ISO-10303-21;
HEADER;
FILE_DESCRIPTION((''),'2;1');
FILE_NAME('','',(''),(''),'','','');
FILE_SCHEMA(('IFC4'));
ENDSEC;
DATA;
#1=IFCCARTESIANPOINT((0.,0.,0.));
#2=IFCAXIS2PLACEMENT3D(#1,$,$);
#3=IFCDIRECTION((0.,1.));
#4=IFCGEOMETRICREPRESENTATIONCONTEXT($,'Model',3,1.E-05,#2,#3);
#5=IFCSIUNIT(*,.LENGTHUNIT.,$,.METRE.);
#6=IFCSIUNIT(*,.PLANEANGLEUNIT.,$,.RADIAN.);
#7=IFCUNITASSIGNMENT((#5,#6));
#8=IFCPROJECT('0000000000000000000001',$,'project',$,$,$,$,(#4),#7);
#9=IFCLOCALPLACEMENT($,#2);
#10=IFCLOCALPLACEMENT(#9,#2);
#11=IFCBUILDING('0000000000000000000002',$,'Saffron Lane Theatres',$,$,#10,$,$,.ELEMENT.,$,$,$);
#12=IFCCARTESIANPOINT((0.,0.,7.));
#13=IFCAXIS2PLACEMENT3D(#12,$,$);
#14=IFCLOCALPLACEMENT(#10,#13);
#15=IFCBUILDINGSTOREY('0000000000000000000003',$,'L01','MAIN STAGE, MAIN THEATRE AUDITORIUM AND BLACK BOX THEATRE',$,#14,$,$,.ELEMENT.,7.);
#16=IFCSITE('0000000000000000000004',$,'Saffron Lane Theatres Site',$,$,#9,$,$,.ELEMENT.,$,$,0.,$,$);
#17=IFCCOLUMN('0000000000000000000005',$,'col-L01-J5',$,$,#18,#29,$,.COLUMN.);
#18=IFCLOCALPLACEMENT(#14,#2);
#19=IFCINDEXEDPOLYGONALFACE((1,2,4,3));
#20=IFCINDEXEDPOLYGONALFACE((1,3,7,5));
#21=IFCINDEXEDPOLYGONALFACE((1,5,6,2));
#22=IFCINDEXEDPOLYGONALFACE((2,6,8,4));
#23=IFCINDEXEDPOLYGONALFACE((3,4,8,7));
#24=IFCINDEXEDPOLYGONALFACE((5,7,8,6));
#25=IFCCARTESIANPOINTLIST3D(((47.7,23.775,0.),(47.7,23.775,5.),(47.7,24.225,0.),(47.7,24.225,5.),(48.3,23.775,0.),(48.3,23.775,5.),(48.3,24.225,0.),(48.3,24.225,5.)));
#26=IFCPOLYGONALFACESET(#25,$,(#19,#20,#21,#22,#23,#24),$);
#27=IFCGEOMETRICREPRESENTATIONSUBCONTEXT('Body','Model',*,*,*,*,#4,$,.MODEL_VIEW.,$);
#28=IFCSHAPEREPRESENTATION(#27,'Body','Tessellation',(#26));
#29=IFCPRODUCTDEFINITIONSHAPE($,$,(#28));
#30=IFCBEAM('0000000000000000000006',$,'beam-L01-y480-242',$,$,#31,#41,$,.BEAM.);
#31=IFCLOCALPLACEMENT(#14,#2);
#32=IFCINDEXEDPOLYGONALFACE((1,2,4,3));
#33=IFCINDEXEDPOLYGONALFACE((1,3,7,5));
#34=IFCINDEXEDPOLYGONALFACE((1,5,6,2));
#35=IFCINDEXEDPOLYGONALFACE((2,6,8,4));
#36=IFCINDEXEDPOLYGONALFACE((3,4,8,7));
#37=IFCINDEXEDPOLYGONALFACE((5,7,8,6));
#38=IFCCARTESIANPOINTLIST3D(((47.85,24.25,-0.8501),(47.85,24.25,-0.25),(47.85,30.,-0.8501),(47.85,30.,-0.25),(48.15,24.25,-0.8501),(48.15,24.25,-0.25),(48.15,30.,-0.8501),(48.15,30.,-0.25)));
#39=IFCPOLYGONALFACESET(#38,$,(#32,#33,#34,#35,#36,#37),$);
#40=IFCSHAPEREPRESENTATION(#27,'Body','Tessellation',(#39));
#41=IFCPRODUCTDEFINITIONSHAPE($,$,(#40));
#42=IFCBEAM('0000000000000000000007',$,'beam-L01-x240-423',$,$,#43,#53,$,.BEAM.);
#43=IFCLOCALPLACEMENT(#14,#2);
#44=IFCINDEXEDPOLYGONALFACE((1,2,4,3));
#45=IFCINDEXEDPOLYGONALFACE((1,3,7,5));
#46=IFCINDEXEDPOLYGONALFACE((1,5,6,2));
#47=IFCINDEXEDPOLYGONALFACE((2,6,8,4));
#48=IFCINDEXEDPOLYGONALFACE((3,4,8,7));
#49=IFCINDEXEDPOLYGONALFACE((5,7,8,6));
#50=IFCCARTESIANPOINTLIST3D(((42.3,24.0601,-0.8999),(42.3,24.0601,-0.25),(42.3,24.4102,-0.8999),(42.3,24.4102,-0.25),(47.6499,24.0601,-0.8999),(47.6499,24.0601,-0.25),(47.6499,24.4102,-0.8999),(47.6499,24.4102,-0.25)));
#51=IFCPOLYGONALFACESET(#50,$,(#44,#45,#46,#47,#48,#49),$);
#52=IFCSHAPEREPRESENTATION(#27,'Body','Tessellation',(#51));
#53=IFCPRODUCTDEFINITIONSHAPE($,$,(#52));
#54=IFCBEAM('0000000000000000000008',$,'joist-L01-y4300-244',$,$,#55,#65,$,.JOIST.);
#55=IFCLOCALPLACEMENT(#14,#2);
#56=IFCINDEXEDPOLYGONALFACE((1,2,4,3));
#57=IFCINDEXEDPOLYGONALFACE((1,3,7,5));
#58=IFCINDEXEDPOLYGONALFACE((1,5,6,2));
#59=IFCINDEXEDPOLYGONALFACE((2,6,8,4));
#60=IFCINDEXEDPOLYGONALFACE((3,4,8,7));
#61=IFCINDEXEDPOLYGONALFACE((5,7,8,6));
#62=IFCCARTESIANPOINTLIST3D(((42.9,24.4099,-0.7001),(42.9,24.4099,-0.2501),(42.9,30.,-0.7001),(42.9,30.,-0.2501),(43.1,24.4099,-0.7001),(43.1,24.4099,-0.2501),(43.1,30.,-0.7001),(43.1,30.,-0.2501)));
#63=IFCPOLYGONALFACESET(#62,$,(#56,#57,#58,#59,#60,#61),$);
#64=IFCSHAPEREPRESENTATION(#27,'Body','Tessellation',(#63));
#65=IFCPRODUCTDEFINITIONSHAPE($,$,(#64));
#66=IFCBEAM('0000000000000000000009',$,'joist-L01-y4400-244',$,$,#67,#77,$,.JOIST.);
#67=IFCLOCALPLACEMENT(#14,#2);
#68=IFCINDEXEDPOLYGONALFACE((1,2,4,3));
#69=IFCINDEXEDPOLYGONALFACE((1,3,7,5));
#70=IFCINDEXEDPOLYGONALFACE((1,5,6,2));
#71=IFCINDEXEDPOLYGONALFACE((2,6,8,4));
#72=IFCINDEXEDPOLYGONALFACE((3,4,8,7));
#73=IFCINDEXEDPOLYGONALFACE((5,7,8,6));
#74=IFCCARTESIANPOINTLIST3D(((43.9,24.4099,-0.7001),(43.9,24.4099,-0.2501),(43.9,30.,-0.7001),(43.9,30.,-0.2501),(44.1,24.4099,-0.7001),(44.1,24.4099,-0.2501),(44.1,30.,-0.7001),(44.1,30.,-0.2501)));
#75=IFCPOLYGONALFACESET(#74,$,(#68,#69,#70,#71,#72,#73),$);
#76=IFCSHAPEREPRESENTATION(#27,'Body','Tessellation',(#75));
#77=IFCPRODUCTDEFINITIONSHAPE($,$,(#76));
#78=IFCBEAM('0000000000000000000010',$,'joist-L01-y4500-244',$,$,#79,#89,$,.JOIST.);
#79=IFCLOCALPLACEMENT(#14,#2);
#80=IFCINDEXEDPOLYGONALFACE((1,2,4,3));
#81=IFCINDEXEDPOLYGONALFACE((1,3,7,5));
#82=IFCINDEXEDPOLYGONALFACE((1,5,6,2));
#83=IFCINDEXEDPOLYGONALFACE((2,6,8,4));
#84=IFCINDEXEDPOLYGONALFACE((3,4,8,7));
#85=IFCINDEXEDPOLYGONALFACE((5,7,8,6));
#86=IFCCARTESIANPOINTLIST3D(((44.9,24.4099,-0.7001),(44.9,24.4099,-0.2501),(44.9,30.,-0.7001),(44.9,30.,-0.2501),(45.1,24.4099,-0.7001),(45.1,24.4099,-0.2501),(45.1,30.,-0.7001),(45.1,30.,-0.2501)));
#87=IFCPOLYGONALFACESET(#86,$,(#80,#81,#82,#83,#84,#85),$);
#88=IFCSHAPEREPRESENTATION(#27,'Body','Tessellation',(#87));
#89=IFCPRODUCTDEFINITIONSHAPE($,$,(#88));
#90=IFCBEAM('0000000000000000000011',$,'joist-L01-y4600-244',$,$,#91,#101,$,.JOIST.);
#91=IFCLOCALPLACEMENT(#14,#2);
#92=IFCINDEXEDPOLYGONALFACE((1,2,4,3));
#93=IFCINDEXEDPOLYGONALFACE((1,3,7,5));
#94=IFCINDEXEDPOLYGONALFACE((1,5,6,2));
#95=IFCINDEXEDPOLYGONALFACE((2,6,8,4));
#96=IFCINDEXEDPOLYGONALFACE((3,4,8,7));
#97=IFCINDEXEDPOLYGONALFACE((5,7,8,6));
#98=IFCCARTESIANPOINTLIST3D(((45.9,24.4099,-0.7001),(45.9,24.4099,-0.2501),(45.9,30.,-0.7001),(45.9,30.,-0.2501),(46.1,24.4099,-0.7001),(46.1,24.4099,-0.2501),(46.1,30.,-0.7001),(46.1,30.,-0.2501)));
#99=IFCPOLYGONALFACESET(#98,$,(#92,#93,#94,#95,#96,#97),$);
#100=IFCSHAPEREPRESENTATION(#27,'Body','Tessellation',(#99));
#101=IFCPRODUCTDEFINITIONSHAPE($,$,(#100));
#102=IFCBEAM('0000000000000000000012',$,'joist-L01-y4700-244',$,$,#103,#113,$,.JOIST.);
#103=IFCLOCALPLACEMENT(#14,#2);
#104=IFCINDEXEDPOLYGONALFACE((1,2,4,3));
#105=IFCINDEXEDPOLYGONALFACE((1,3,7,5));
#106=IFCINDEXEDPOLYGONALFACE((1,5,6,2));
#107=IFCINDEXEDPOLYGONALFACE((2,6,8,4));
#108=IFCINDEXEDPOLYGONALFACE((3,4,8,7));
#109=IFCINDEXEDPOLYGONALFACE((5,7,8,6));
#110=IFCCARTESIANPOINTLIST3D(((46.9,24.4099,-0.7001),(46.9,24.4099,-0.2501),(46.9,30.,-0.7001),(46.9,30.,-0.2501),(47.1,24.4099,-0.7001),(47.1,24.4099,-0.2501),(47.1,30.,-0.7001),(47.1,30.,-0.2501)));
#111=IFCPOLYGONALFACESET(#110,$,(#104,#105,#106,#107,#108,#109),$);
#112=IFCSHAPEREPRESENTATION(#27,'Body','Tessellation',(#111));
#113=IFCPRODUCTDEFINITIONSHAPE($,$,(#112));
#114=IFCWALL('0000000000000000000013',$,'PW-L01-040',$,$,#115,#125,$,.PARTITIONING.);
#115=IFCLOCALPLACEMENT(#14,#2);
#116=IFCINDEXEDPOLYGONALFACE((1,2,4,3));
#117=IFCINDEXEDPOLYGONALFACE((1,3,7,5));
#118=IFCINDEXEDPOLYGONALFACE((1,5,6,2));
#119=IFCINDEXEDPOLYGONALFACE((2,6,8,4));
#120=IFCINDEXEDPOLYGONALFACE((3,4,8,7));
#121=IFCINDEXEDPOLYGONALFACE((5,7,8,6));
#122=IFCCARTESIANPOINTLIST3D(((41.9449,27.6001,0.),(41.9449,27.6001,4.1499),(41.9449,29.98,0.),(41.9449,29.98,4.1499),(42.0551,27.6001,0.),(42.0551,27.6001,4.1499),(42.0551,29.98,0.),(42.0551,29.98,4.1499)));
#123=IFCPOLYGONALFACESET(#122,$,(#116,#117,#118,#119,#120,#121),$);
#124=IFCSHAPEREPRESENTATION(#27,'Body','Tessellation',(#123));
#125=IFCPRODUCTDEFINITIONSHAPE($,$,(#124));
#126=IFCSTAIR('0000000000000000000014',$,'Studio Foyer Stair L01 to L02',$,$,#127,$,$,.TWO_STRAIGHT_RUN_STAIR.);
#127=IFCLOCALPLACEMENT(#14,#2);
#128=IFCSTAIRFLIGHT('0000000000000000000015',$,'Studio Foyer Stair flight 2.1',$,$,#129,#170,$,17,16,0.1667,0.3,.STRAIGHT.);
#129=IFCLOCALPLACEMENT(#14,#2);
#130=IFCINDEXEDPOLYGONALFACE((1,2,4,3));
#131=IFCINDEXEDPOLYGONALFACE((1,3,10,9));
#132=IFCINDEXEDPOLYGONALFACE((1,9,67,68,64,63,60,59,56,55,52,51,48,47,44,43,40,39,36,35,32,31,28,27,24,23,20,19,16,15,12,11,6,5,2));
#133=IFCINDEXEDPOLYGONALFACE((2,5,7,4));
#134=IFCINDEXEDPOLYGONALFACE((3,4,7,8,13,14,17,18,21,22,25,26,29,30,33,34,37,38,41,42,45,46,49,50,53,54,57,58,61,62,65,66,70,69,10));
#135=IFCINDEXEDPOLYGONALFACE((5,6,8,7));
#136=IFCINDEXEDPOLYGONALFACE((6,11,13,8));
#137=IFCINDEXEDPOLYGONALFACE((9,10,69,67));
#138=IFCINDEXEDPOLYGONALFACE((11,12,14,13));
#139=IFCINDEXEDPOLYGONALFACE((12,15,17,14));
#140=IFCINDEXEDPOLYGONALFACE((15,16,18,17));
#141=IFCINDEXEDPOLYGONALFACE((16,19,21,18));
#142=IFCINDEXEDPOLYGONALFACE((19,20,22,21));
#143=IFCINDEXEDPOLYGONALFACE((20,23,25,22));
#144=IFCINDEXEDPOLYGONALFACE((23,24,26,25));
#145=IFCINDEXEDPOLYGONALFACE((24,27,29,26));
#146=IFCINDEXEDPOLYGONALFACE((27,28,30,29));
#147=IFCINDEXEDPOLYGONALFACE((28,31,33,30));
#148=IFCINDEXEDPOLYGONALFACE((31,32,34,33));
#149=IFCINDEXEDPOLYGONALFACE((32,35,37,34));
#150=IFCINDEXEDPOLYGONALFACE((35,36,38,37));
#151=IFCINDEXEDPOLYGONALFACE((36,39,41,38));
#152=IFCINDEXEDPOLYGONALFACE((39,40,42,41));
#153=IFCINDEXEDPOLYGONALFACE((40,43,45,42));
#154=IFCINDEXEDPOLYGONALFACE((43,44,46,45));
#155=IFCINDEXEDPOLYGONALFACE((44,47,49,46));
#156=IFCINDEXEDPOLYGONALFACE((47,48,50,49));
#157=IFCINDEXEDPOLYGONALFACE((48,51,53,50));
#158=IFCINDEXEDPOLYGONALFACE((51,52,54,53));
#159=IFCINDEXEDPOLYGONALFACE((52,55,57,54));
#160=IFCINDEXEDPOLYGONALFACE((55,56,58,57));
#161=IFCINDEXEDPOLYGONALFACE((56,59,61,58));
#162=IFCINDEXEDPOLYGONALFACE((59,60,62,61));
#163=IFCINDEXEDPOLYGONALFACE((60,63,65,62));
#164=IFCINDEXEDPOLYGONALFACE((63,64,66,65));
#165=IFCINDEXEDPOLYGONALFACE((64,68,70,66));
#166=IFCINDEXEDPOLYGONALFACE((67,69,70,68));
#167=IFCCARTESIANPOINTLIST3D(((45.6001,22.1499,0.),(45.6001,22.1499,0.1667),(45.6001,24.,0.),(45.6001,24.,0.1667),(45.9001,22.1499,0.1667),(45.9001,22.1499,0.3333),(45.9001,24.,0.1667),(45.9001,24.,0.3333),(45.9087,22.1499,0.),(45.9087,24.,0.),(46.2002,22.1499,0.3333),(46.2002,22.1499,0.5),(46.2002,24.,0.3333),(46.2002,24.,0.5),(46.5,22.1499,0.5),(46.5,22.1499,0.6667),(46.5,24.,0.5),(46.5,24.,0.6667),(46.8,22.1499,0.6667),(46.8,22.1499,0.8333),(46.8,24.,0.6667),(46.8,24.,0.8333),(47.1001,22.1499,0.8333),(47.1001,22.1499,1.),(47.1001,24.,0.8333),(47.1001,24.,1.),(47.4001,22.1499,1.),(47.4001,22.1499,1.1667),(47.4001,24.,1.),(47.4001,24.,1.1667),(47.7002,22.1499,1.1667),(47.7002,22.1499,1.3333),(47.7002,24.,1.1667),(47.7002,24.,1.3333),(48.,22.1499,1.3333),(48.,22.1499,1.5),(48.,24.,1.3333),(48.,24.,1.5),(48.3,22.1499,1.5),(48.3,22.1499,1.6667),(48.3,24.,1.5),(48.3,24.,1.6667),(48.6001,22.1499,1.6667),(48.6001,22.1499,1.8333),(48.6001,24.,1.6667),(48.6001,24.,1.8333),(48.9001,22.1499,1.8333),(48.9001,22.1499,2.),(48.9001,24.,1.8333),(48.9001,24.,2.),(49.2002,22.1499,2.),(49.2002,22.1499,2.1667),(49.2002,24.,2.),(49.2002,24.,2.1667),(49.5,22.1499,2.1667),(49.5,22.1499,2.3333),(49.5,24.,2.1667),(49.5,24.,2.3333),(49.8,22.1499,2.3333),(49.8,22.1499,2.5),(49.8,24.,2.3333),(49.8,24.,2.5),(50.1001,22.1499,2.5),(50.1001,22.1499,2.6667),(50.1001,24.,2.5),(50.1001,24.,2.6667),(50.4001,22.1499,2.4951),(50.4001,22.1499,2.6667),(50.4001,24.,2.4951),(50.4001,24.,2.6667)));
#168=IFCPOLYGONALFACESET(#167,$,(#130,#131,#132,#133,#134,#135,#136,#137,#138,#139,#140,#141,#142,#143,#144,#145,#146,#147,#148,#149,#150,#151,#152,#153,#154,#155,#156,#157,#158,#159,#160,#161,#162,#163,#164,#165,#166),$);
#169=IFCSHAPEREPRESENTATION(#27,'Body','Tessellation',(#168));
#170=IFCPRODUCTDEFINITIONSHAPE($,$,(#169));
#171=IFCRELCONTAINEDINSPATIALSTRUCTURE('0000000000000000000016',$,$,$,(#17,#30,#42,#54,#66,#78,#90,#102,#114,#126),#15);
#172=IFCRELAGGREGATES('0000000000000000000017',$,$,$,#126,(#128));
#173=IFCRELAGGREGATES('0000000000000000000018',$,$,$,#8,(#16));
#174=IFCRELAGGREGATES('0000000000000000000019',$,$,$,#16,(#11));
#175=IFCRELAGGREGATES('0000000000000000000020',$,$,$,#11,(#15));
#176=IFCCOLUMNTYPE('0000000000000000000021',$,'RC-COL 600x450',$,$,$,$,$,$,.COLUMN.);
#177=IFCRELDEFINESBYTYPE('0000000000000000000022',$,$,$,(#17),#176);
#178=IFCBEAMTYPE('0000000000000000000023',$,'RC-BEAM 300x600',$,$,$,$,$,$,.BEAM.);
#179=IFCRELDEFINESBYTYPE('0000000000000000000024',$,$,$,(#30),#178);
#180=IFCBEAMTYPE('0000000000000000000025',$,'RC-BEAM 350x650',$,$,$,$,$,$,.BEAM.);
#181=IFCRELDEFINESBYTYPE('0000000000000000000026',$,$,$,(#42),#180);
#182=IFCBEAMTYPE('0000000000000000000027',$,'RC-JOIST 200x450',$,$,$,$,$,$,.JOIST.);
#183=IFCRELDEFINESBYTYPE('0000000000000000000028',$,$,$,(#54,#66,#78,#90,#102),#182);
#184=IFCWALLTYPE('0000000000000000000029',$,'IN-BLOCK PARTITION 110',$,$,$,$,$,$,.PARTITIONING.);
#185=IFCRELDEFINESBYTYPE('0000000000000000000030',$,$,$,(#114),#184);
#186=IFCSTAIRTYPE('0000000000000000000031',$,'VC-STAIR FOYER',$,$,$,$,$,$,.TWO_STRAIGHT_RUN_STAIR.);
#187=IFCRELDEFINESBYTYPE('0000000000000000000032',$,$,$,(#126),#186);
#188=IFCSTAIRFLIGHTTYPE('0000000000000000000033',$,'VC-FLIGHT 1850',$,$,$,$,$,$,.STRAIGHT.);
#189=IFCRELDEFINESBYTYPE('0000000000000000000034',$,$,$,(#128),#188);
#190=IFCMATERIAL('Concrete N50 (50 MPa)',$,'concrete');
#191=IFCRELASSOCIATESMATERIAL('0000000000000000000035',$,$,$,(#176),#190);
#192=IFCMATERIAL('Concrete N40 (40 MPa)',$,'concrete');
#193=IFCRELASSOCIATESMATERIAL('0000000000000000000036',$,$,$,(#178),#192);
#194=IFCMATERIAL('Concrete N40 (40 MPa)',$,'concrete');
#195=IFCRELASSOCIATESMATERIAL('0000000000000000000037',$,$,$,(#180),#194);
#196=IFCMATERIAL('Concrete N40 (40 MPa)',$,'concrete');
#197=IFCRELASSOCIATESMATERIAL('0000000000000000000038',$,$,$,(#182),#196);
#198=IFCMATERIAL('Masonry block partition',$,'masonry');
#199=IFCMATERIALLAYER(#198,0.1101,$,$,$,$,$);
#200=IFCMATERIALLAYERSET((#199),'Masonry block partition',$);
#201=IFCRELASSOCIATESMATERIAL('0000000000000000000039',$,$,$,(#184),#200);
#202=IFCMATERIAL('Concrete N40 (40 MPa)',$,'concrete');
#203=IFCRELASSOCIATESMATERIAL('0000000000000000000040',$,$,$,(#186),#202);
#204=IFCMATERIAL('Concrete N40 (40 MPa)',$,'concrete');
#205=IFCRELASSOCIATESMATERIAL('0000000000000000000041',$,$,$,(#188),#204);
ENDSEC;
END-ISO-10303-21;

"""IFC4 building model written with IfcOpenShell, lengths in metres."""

from ifc_helpers import new_model, si_unit, direction, frame, frame_2d, origin, origin_2d, place, context, subcontext, project, spatial, polyline, rectangle, outline, extrude, material, layer, layer_set, material_profile, profile_set, type_object, element, aggregate, save


model = new_model("IFC4")

# Units and contexts
model_context = context("Model", 3, precision=1e-05, world=origin(), true_north=direction((0.0, 1.0)))
body_context = subcontext(model_context, "Body", "Model", "MODEL_VIEW")
ifc_project = project(units=[si_unit("LENGTHUNIT", "METRE"), si_unit("PLANEANGLEUNIT", "RADIAN")], contexts=[model_context])

# Site, building, storey
site_placement = place(None, origin())
site = spatial("IfcSite", under=ifc_project, at=site_placement, Name="Saffron Lane Theatres Site", CompositionType="ELEMENT", RefElevation=0.0)
building_placement = place(site_placement, origin())
building = spatial("IfcBuilding", under=site, at=building_placement, Name="Saffron Lane Theatres", CompositionType="ELEMENT")
storey_placement = place(building_placement, frame((0.0, 0.0, 7.0)))
storey = spatial("IfcBuildingStorey", under=building, at=storey_placement, Name="L01", Description="MAIN STAGE, MAIN THEATRE AUDITORIUM AND BLACK BOX THEATRE", CompositionType="ELEMENT", Elevation=7.0)

# Column
ifc_material_1 = material(Name="Concrete N50 (50 MPa)", Category="concrete")
ifc_material_profile_1 = material_profile(ifc_material_1, rectangle(XDim=0.6001, YDim=0.45, at=origin_2d()))
ifc_profile_set_1 = profile_set([ifc_material_profile_1], Name="Concrete N50 (50 MPa)")
column_type = type_object("IfcColumnType", Name="RC-COL 600x450", PredefinedType="COLUMN", material=ifc_profile_set_1)
column_placement = place(storey_placement, frame((48.0, 24.0, 0.0), z_axis=(0.0, 0.0, 1.0), x_axis=(1.0, 0.0, 0.0)))
element("IfcColumn", 1, at=column_placement, inside=storey, type_object=column_type, Name="col-L01-J5", PredefinedType="COLUMN", context=body_context, shape_type="SweptSolid", body=[
    extrude(rectangle(XDim=0.6001, YDim=0.45, at=origin_2d()), origin(), (0.0, 0.0, 1.0), 5.0),
])

# Beams
ifc_material_2 = material(Name="Concrete N40 (40 MPa)", Category="concrete")
ifc_material_profile_2 = material_profile(ifc_material_2, rectangle(XDim=0.3, YDim=0.6001, at=origin_2d()))
ifc_profile_set_2 = profile_set([ifc_material_profile_2], Name="Concrete N40 (40 MPa)")
beam_type_1 = type_object("IfcBeamType", Name="RC-BEAM 300x600", PredefinedType="BEAM", material=ifc_profile_set_2)
beam_1_placement = place(storey_placement, frame((48.0, 24.25, -0.55), z_axis=(0.0, 1.0, 0.0), x_axis=(-1.0, 0.0, 0.0)))
element("IfcBeam", 2, at=beam_1_placement, inside=storey, type_object=beam_type_1, Name="beam-L01-y480-242", PredefinedType="BEAM", context=body_context, shape_type="SweptSolid", body=[
    extrude(rectangle(XDim=0.3, YDim=0.6001, at=origin_2d()), origin(), (0.0, 0.0, 1.0), 5.75),
])
ifc_material_3 = material(Name="Concrete N40 (40 MPa)", Category="concrete")
ifc_material_profile_3 = material_profile(ifc_material_3, rectangle(XDim=0.3501, YDim=0.6499, at=origin_2d()))
ifc_profile_set_3 = profile_set([ifc_material_profile_3], Name="Concrete N40 (40 MPa)")
beam_type_2 = type_object("IfcBeamType", Name="RC-BEAM 350x650", PredefinedType="BEAM", material=ifc_profile_set_3)
beam_2_placement = place(storey_placement, frame((42.3, 24.2351, -0.575), z_axis=(1.0, 0.0, 0.0), x_axis=(0.0, 1.0, 0.0)))
element("IfcBeam", 3, at=beam_2_placement, inside=storey, type_object=beam_type_2, Name="beam-L01-x240-423", PredefinedType="BEAM", context=body_context, shape_type="SweptSolid", body=[
    extrude(rectangle(XDim=0.3501, YDim=0.6499, at=origin_2d()), origin(), (0.0, 0.0, 1.0), 5.3499),
])
ifc_material_4 = material(Name="Concrete N40 (40 MPa)", Category="concrete")
ifc_material_profile_4 = material_profile(ifc_material_4, rectangle(XDim=0.2, YDim=0.45, at=origin_2d()))
ifc_profile_set_4 = profile_set([ifc_material_profile_4], Name="Concrete N40 (40 MPa)")
beam_type_3 = type_object("IfcBeamType", Name="RC-JOIST 200x450", PredefinedType="JOIST", material=ifc_profile_set_4)
for number, where, z_axis, x_axis, name in (
    (4, (43.0, 24.4099, -0.4751), (0.0, 1.0, 0.0), (-1.0, 0.0, 0.0), "joist-L01-y4300-244"),
    (5, (44.0, 24.4099, -0.4751), (0.0, 1.0, 0.0), (-1.0, 0.0, 0.0), "joist-L01-y4400-244"),
    (6, (45.0, 24.4099, -0.4751), (0.0, 1.0, 0.0), (-1.0, 0.0, 0.0), "joist-L01-y4500-244"),
    (7, (46.0, 24.4099, -0.4751), (0.0, 1.0, 0.0), (-1.0, 0.0, 0.0), "joist-L01-y4600-244"),
    (8, (47.0, 24.4099, -0.4751), (0.0, 1.0, 0.0), (-1.0, 0.0, 0.0), "joist-L01-y4700-244"),
):
    element("IfcBeam", number, at=place(storey_placement, frame(where, z_axis=z_axis, x_axis=x_axis)), inside=storey, type_object=beam_type_3, Name=name, PredefinedType="JOIST", context=body_context, shape_type="SweptSolid", body=[
        extrude(rectangle(XDim=0.2, YDim=0.45, at=origin_2d()), origin(), (0.0, 0.0, 1.0), 5.5901),
    ])

# Wall
ifc_material_5 = material(Name="Masonry block partition", Category="masonry")
ifc_layer = layer(ifc_material_5, 0.1101)
ifc_layer_set = layer_set([ifc_layer], Name="Masonry block partition")
wall_type = type_object("IfcWallType", Name="IN-BLOCK PARTITION 110", PredefinedType="PARTITIONING", material=ifc_layer_set)
wall_placement = place(storey_placement, frame((42.0, 27.6001, 0.0), z_axis=(0.0, 0.0, 1.0), x_axis=(0.0, 1.0, 0.0)))
element("IfcWall", 9, at=wall_placement, inside=storey, type_object=wall_type, Name="PW-L01-040", PredefinedType="PARTITIONING", context=body_context, shape_type="SweptSolid", body=[
    extrude(rectangle(XDim=2.3799, YDim=0.1101, at=frame_2d((1.1899, 0.0))), origin(), (0.0, 0.0, 1.0), 4.1499),
])

# Stair, stair flight
ifc_material_6 = material(Name="Concrete N40 (40 MPa)", Category="concrete")
stair_type = type_object("IfcStairType", Name="VC-STAIR FOYER", PredefinedType="TWO_STRAIGHT_RUN_STAIR", material=ifc_material_6)
stair_placement = place(storey_placement, origin())
stair = element("IfcStair", 10, at=stair_placement, inside=storey, type_object=stair_type, Name="Studio Foyer Stair L01 to L02", PredefinedType="TWO_STRAIGHT_RUN_STAIR")
ifc_material_7 = material(Name="Concrete N40 (40 MPa)", Category="concrete")
stair_flight_type = type_object("IfcStairFlightType", Name="VC-FLIGHT 1850", PredefinedType="STRAIGHT", material=ifc_material_7)
stair_flight_placement = place(storey_placement, frame((45.6001, 23.075, 0.0), z_axis=(0.0, 0.0, 1.0), x_axis=(1.0, 0.0, 0.0)))
stair_flight = element("IfcStairFlight", 11, at=stair_flight_placement, type_object=stair_flight_type, Name="Studio Foyer Stair flight 2.1", NumberOfRisers=17, NumberOfTreads=16, PredefinedType="STRAIGHT", RiserHeight=0.1667, TreadLength=0.3, context=body_context, shape_type="SweptSolid", body=[
    extrude(outline(polyline([(0.0, 0.0), (0.0, 0.1667), (0.3, 0.1667), (0.3, 0.3333), (0.6001, 0.3333), (0.6001, 0.5), (0.8999, 0.5), (0.8999, 0.6667), (1.2, 0.6667), (1.2, 0.8333), (1.5, 0.8333), (1.5, 1.0), (1.8, 1.0), (1.8, 1.1667), (2.1001, 1.1667), (2.1001, 1.3333), (2.3999, 1.3333), (2.3999, 1.5), (2.7, 1.5), (2.7, 1.6667), (3.0, 1.6667), (3.0, 1.8333), (3.3, 1.8333), (3.3, 2.0), (3.6001, 2.0), (3.6001, 2.1667), (3.8999, 2.1667), (3.8999, 2.3333), (4.2, 2.3333), (4.2, 2.5), (4.5, 2.5), (4.5, 2.6667), (4.8, 2.6667), (4.8, 2.8333), (4.8, 2.4951), (0.3086, 0.0), (0.0, 0.0)])), frame((0.0, 0.925, 0.0), z_axis=(0.0, -1.0, 0.0), x_axis=(1.0, 0.0, 0.0)), (0.0, 0.0, 1.0), 1.8501),
])
aggregate(stair, [stair_flight])

save(model, "model.ifc")
